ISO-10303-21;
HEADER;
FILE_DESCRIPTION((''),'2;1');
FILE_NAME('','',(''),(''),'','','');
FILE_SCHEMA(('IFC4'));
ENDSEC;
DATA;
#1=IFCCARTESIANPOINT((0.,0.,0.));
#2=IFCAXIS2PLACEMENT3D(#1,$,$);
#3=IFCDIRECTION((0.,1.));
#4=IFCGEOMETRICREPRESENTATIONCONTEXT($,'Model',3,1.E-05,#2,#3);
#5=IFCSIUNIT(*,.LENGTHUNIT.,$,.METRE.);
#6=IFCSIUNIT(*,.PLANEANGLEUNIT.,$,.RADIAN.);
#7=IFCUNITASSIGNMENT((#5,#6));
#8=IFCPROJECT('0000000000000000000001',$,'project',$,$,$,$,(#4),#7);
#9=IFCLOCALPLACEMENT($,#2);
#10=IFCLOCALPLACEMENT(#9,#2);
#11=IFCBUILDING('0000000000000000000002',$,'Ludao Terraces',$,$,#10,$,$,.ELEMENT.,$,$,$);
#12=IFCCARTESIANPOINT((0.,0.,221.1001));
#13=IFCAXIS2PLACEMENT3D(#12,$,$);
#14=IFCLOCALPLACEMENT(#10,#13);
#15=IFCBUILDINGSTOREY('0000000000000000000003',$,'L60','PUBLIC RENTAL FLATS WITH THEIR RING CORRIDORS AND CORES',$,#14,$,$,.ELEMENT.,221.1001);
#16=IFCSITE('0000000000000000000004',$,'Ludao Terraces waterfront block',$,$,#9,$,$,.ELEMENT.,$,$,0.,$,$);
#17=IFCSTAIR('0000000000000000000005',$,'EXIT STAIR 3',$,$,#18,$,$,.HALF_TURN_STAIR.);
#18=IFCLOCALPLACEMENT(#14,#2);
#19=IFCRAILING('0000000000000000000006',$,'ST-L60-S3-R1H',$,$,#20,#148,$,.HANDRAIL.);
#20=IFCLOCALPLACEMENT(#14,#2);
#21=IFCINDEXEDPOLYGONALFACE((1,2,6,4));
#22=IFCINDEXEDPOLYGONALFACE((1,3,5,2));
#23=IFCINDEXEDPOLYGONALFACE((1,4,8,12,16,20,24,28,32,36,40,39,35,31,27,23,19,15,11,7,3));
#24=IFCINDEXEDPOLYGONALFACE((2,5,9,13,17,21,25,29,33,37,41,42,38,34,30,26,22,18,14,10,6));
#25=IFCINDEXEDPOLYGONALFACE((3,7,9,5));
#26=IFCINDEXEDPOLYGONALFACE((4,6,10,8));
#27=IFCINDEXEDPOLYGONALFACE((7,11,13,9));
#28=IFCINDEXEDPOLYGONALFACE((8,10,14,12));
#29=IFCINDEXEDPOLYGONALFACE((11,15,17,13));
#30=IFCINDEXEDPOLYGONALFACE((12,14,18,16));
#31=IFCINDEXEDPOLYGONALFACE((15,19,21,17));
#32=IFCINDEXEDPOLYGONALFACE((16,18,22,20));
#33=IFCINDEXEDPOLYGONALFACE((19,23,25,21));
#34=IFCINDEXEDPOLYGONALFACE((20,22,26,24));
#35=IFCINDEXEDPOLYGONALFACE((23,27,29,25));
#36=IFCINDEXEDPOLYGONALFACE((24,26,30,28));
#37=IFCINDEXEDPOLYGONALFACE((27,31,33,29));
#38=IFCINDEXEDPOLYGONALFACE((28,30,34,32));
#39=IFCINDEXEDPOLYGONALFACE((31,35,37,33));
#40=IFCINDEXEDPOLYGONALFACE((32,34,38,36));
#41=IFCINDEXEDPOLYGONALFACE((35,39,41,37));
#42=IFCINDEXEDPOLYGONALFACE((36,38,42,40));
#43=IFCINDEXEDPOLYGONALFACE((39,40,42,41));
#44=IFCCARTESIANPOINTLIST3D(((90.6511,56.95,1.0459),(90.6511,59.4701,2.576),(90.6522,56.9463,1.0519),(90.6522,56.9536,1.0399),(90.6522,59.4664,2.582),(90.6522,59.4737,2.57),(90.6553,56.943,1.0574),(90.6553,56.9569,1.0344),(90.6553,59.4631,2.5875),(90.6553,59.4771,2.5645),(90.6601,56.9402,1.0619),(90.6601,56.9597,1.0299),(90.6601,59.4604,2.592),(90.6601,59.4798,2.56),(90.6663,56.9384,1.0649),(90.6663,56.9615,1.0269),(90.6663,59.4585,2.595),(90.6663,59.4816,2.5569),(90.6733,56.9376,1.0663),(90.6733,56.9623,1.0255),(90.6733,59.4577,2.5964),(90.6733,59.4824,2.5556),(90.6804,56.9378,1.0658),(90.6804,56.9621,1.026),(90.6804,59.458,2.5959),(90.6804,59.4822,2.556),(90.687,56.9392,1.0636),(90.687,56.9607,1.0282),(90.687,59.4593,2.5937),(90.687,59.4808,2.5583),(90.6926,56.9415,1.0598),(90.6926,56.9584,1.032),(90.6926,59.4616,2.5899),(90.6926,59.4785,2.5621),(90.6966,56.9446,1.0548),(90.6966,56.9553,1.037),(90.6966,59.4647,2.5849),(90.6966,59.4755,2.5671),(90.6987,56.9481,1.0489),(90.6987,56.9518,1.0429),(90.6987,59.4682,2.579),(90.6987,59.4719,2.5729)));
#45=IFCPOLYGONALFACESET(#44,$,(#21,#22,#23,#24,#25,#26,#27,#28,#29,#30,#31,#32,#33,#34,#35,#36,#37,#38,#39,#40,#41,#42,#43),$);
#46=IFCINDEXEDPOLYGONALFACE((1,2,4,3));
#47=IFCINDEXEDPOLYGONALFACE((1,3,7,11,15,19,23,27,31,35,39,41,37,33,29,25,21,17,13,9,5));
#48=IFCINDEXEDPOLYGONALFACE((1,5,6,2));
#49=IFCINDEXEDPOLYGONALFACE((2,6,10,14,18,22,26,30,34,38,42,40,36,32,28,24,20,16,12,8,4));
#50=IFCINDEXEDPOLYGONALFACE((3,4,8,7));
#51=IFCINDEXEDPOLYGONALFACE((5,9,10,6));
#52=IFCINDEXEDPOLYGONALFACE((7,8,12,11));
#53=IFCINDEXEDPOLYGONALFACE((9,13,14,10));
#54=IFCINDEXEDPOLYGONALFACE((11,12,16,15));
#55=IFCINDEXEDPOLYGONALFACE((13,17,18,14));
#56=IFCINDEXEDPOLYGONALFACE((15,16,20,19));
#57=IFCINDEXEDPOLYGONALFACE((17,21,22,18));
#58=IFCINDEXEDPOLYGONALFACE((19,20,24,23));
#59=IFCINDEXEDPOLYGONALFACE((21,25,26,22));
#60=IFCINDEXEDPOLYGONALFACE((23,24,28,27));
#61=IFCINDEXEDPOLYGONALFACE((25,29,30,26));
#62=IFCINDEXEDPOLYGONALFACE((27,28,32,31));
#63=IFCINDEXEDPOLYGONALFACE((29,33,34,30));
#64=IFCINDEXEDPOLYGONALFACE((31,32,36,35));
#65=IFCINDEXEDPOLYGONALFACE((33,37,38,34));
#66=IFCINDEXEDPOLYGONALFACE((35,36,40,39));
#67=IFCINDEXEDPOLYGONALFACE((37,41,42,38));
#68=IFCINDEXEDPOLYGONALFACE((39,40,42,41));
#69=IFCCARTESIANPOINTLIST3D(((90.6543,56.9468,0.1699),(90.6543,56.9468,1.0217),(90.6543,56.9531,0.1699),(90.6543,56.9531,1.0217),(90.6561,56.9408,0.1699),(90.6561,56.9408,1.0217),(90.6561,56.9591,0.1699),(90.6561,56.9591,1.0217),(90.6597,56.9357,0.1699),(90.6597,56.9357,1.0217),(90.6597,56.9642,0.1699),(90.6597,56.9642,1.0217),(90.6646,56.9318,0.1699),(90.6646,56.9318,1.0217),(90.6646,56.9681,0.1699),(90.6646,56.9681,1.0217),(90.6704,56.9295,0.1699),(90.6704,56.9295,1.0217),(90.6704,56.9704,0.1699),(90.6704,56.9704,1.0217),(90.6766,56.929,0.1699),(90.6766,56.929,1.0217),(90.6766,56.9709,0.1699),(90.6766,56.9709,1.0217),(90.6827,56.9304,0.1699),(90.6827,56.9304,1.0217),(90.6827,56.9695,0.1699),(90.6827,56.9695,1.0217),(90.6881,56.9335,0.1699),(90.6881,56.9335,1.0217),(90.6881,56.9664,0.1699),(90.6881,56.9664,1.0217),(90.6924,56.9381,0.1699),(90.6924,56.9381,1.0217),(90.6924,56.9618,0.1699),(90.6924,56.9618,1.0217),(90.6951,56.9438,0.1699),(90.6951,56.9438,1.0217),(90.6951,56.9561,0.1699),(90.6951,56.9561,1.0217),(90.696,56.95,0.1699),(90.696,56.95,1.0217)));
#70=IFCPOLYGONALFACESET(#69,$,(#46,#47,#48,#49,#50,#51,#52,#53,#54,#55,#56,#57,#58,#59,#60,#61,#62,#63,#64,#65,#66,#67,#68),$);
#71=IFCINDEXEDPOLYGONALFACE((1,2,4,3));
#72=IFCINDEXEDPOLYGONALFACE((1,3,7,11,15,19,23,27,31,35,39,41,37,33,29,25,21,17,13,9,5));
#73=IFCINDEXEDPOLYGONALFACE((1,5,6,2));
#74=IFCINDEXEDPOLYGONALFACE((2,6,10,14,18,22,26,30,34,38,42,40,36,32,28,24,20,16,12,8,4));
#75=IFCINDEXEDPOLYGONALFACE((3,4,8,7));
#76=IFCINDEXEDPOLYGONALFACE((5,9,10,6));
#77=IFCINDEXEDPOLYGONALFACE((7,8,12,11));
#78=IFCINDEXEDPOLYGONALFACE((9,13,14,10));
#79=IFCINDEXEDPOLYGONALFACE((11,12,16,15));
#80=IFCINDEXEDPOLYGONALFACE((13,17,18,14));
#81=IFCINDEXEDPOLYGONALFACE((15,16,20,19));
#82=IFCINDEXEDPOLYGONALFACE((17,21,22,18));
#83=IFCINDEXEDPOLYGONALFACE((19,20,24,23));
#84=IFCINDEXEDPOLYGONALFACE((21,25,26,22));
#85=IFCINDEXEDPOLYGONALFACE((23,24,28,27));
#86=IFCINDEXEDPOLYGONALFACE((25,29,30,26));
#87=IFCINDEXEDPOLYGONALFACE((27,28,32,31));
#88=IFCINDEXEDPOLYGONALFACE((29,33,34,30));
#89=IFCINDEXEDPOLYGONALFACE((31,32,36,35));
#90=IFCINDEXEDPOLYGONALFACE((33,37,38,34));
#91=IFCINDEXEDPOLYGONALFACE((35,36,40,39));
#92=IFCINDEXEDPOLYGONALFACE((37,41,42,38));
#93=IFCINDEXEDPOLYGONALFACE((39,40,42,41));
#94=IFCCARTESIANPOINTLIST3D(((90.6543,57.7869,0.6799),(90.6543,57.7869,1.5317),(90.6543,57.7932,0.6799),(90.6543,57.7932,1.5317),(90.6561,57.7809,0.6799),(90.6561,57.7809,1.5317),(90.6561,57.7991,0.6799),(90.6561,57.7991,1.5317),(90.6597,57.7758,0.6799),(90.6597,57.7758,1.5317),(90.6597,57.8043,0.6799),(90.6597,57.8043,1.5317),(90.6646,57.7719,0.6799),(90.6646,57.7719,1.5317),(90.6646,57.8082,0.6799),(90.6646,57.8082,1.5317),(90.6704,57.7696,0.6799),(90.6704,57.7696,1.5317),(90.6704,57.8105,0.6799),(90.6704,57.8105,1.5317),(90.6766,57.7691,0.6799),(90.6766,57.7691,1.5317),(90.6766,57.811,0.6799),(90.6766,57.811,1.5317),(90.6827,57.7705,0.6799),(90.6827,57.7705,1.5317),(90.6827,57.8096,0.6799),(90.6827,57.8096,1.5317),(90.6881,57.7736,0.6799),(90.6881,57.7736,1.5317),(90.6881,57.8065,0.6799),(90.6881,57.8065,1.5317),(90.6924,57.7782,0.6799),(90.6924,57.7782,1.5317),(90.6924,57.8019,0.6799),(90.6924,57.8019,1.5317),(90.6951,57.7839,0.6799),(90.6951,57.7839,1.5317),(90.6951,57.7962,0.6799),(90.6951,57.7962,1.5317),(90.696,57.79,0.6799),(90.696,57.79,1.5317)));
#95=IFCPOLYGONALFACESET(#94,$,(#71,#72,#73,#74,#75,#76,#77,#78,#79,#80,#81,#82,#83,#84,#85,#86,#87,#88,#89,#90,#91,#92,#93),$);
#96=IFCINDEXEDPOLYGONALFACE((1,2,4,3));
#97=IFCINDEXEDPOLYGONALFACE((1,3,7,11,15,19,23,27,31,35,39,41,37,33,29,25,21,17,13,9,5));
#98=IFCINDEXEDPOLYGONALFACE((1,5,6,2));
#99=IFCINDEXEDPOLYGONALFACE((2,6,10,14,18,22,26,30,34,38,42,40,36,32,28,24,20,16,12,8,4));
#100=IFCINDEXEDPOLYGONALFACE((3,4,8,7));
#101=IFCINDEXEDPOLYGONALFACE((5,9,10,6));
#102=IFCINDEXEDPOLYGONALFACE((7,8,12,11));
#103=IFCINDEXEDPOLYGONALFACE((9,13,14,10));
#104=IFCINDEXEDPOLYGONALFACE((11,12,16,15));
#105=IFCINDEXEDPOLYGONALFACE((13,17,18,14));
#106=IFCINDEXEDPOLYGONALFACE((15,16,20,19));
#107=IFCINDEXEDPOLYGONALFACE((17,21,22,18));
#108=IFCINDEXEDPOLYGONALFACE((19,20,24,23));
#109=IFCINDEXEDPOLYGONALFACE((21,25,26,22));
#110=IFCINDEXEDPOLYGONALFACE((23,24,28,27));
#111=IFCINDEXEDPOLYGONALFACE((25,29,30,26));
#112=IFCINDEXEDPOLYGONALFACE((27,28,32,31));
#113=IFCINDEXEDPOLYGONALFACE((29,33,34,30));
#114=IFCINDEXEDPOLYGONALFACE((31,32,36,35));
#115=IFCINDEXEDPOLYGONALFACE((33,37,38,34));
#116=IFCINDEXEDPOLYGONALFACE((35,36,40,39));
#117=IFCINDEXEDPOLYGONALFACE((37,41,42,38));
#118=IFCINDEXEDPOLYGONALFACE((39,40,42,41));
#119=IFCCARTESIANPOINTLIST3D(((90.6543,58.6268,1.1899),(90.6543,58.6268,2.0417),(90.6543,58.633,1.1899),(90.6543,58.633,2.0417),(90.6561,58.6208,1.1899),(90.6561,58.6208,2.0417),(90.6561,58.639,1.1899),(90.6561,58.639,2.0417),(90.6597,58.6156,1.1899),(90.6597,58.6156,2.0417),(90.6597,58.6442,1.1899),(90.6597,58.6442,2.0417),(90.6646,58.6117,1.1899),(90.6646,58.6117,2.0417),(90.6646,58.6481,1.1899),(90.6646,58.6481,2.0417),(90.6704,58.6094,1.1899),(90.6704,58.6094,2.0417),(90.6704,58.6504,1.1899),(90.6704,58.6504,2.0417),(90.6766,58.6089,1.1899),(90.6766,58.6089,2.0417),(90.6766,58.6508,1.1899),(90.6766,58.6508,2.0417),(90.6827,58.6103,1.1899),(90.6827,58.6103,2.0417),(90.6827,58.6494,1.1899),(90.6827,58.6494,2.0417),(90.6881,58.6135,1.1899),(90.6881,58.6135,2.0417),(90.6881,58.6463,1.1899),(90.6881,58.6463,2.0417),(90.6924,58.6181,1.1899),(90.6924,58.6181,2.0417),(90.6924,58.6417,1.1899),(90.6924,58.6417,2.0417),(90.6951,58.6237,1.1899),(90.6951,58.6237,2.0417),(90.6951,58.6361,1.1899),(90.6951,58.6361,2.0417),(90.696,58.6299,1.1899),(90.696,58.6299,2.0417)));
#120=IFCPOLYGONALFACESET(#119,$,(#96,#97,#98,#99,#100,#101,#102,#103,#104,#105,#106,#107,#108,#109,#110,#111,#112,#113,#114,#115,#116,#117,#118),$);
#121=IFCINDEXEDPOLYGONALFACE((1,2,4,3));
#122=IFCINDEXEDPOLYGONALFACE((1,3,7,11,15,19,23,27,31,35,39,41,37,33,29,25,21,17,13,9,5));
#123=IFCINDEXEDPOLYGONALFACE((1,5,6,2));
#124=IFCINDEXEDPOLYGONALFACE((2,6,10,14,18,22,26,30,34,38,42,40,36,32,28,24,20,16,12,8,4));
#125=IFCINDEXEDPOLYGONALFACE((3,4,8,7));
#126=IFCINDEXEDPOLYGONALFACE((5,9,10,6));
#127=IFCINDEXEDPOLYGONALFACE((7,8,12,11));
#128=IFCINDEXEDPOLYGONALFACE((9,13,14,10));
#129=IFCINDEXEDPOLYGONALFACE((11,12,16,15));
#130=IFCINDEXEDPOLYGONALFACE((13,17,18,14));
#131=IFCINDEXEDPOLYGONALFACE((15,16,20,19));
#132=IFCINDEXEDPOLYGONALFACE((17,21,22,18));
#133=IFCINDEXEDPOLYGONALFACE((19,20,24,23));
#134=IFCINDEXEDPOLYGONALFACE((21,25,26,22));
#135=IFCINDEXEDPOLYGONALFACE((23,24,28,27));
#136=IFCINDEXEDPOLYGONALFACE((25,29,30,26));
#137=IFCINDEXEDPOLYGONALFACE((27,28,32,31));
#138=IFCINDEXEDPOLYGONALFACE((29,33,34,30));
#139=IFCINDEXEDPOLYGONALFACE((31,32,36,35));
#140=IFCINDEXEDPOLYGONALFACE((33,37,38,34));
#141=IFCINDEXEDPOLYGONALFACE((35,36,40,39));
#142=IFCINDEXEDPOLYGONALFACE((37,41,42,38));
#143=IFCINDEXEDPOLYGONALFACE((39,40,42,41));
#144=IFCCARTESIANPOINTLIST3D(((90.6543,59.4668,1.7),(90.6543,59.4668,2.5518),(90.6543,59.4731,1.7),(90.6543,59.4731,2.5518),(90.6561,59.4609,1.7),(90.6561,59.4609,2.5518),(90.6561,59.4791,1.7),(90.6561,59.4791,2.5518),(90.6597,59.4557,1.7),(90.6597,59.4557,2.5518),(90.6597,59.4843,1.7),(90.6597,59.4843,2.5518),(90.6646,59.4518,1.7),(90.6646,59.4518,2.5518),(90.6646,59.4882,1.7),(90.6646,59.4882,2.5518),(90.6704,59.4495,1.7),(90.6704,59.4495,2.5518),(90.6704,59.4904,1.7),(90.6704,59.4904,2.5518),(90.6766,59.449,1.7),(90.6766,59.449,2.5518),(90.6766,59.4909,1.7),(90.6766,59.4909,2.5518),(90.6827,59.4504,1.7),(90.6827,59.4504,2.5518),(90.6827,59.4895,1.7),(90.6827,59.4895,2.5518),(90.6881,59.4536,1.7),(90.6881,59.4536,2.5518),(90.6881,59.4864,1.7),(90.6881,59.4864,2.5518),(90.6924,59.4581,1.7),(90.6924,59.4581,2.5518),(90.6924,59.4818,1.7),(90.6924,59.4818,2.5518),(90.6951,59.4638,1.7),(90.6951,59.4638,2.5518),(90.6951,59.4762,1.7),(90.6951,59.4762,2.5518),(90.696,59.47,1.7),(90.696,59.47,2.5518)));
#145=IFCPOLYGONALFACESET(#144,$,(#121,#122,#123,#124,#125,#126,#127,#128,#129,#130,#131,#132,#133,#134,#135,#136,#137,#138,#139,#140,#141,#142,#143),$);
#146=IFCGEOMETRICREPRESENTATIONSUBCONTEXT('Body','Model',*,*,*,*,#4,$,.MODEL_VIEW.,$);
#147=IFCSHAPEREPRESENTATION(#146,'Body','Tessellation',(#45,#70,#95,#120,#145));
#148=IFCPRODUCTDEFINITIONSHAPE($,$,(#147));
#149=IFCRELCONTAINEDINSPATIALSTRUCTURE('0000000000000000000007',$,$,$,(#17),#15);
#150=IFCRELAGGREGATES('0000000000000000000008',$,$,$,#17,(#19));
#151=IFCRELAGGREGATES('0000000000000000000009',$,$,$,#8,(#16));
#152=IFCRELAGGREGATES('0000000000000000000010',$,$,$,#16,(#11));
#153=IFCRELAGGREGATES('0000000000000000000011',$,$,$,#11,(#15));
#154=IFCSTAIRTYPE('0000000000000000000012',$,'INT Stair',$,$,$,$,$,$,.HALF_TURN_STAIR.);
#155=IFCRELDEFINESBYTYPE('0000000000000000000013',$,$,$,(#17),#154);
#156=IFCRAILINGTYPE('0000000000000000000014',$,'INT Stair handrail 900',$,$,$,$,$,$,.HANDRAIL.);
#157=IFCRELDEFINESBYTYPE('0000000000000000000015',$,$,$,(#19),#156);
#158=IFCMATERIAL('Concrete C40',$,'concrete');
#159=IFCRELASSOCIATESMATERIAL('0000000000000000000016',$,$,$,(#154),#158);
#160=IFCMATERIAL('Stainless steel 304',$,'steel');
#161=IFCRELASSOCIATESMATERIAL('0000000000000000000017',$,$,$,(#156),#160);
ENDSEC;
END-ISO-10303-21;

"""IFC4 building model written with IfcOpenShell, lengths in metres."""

from ifc_helpers import new_model, si_unit, direction, frame, origin, origin_2d, place, context, subcontext, project, spatial, circle, extrude, material, type_object, element, aggregate, save


model = new_model("IFC4")

# Units and contexts
model_context = context("Model", 3, precision=1e-05, world=origin(), true_north=direction((0.0, 1.0)))
body_context = subcontext(model_context, "Body", "Model", "MODEL_VIEW")
ifc_project = project(units=[si_unit("LENGTHUNIT", "METRE"), si_unit("PLANEANGLEUNIT", "RADIAN")], contexts=[model_context])

# Site, building, storey
site_placement = place(None, origin())
site = spatial("IfcSite", under=ifc_project, at=site_placement, Name="Ludao Terraces waterfront block", CompositionType="ELEMENT", RefElevation=0.0)
building_placement = place(site_placement, origin())
building = spatial("IfcBuilding", under=site, at=building_placement, Name="Ludao Terraces", CompositionType="ELEMENT")
storey_placement = place(building_placement, frame((0.0, 0.0, 221.1001)))
storey = spatial("IfcBuildingStorey", under=building, at=storey_placement, Name="L60", Description="PUBLIC RENTAL FLATS WITH THEIR RING CORRIDORS AND CORES", CompositionType="ELEMENT", Elevation=221.1001)

# Shared definitions
ifc_material_1 = material(Name="Concrete C40", Category="concrete")

# Stair, railing
stair_type = type_object("IfcStairType", Name="INT Stair", PredefinedType="HALF_TURN_STAIR", material=ifc_material_1)
stair_placement = place(storey_placement, origin())
stair = element("IfcStair", 1, at=stair_placement, inside=storey, type_object=stair_type, Name="EXIT STAIR 3", PredefinedType="HALF_TURN_STAIR")
ifc_material_2 = material(Name="Stainless steel 304", Category="steel")
railing_type_1 = type_object("IfcRailingType", Name="INT Stair handrail 900", PredefinedType="HANDRAIL", material=ifc_material_2)
railing_1_placement = place(storey_placement, frame((90.675, 56.95, 0.1699)))
railing_1 = element("IfcRailing", 2, at=railing_1_placement, type_object=railing_type_1, Name="ST-L60-S3-R1H", PredefinedType="HANDRAIL", context=body_context, shape_type="SweptSolid", body=[
    extrude(circle(Radius=0.0239, at=origin_2d()), frame((0.0, 0.0, 0.876), z_axis=(0.0, 0.854785, 0.518982), x_axis=(-1.0, 0.0, 0.0)), (0.0, 0.0, 1.0), 2.9482),
    extrude(circle(Radius=0.021, at=origin_2d()), origin(), (0.0, 0.0, 1.0), 0.8518),
    extrude(circle(Radius=0.021, at=origin_2d()), frame((0.0, 0.8401, 0.51)), (0.0, 0.0, 1.0), 0.8518),
    extrude(circle(Radius=0.021, at=origin_2d()), frame((0.0, 1.6799, 1.02)), (0.0, 0.0, 1.0), 0.8518),
    extrude(circle(Radius=0.021, at=origin_2d()), frame((0.0, 2.52, 1.53)), (0.0, 0.0, 1.0), 0.8518),
])
aggregate(stair, [railing_1])

save(model, "model.ifc")
